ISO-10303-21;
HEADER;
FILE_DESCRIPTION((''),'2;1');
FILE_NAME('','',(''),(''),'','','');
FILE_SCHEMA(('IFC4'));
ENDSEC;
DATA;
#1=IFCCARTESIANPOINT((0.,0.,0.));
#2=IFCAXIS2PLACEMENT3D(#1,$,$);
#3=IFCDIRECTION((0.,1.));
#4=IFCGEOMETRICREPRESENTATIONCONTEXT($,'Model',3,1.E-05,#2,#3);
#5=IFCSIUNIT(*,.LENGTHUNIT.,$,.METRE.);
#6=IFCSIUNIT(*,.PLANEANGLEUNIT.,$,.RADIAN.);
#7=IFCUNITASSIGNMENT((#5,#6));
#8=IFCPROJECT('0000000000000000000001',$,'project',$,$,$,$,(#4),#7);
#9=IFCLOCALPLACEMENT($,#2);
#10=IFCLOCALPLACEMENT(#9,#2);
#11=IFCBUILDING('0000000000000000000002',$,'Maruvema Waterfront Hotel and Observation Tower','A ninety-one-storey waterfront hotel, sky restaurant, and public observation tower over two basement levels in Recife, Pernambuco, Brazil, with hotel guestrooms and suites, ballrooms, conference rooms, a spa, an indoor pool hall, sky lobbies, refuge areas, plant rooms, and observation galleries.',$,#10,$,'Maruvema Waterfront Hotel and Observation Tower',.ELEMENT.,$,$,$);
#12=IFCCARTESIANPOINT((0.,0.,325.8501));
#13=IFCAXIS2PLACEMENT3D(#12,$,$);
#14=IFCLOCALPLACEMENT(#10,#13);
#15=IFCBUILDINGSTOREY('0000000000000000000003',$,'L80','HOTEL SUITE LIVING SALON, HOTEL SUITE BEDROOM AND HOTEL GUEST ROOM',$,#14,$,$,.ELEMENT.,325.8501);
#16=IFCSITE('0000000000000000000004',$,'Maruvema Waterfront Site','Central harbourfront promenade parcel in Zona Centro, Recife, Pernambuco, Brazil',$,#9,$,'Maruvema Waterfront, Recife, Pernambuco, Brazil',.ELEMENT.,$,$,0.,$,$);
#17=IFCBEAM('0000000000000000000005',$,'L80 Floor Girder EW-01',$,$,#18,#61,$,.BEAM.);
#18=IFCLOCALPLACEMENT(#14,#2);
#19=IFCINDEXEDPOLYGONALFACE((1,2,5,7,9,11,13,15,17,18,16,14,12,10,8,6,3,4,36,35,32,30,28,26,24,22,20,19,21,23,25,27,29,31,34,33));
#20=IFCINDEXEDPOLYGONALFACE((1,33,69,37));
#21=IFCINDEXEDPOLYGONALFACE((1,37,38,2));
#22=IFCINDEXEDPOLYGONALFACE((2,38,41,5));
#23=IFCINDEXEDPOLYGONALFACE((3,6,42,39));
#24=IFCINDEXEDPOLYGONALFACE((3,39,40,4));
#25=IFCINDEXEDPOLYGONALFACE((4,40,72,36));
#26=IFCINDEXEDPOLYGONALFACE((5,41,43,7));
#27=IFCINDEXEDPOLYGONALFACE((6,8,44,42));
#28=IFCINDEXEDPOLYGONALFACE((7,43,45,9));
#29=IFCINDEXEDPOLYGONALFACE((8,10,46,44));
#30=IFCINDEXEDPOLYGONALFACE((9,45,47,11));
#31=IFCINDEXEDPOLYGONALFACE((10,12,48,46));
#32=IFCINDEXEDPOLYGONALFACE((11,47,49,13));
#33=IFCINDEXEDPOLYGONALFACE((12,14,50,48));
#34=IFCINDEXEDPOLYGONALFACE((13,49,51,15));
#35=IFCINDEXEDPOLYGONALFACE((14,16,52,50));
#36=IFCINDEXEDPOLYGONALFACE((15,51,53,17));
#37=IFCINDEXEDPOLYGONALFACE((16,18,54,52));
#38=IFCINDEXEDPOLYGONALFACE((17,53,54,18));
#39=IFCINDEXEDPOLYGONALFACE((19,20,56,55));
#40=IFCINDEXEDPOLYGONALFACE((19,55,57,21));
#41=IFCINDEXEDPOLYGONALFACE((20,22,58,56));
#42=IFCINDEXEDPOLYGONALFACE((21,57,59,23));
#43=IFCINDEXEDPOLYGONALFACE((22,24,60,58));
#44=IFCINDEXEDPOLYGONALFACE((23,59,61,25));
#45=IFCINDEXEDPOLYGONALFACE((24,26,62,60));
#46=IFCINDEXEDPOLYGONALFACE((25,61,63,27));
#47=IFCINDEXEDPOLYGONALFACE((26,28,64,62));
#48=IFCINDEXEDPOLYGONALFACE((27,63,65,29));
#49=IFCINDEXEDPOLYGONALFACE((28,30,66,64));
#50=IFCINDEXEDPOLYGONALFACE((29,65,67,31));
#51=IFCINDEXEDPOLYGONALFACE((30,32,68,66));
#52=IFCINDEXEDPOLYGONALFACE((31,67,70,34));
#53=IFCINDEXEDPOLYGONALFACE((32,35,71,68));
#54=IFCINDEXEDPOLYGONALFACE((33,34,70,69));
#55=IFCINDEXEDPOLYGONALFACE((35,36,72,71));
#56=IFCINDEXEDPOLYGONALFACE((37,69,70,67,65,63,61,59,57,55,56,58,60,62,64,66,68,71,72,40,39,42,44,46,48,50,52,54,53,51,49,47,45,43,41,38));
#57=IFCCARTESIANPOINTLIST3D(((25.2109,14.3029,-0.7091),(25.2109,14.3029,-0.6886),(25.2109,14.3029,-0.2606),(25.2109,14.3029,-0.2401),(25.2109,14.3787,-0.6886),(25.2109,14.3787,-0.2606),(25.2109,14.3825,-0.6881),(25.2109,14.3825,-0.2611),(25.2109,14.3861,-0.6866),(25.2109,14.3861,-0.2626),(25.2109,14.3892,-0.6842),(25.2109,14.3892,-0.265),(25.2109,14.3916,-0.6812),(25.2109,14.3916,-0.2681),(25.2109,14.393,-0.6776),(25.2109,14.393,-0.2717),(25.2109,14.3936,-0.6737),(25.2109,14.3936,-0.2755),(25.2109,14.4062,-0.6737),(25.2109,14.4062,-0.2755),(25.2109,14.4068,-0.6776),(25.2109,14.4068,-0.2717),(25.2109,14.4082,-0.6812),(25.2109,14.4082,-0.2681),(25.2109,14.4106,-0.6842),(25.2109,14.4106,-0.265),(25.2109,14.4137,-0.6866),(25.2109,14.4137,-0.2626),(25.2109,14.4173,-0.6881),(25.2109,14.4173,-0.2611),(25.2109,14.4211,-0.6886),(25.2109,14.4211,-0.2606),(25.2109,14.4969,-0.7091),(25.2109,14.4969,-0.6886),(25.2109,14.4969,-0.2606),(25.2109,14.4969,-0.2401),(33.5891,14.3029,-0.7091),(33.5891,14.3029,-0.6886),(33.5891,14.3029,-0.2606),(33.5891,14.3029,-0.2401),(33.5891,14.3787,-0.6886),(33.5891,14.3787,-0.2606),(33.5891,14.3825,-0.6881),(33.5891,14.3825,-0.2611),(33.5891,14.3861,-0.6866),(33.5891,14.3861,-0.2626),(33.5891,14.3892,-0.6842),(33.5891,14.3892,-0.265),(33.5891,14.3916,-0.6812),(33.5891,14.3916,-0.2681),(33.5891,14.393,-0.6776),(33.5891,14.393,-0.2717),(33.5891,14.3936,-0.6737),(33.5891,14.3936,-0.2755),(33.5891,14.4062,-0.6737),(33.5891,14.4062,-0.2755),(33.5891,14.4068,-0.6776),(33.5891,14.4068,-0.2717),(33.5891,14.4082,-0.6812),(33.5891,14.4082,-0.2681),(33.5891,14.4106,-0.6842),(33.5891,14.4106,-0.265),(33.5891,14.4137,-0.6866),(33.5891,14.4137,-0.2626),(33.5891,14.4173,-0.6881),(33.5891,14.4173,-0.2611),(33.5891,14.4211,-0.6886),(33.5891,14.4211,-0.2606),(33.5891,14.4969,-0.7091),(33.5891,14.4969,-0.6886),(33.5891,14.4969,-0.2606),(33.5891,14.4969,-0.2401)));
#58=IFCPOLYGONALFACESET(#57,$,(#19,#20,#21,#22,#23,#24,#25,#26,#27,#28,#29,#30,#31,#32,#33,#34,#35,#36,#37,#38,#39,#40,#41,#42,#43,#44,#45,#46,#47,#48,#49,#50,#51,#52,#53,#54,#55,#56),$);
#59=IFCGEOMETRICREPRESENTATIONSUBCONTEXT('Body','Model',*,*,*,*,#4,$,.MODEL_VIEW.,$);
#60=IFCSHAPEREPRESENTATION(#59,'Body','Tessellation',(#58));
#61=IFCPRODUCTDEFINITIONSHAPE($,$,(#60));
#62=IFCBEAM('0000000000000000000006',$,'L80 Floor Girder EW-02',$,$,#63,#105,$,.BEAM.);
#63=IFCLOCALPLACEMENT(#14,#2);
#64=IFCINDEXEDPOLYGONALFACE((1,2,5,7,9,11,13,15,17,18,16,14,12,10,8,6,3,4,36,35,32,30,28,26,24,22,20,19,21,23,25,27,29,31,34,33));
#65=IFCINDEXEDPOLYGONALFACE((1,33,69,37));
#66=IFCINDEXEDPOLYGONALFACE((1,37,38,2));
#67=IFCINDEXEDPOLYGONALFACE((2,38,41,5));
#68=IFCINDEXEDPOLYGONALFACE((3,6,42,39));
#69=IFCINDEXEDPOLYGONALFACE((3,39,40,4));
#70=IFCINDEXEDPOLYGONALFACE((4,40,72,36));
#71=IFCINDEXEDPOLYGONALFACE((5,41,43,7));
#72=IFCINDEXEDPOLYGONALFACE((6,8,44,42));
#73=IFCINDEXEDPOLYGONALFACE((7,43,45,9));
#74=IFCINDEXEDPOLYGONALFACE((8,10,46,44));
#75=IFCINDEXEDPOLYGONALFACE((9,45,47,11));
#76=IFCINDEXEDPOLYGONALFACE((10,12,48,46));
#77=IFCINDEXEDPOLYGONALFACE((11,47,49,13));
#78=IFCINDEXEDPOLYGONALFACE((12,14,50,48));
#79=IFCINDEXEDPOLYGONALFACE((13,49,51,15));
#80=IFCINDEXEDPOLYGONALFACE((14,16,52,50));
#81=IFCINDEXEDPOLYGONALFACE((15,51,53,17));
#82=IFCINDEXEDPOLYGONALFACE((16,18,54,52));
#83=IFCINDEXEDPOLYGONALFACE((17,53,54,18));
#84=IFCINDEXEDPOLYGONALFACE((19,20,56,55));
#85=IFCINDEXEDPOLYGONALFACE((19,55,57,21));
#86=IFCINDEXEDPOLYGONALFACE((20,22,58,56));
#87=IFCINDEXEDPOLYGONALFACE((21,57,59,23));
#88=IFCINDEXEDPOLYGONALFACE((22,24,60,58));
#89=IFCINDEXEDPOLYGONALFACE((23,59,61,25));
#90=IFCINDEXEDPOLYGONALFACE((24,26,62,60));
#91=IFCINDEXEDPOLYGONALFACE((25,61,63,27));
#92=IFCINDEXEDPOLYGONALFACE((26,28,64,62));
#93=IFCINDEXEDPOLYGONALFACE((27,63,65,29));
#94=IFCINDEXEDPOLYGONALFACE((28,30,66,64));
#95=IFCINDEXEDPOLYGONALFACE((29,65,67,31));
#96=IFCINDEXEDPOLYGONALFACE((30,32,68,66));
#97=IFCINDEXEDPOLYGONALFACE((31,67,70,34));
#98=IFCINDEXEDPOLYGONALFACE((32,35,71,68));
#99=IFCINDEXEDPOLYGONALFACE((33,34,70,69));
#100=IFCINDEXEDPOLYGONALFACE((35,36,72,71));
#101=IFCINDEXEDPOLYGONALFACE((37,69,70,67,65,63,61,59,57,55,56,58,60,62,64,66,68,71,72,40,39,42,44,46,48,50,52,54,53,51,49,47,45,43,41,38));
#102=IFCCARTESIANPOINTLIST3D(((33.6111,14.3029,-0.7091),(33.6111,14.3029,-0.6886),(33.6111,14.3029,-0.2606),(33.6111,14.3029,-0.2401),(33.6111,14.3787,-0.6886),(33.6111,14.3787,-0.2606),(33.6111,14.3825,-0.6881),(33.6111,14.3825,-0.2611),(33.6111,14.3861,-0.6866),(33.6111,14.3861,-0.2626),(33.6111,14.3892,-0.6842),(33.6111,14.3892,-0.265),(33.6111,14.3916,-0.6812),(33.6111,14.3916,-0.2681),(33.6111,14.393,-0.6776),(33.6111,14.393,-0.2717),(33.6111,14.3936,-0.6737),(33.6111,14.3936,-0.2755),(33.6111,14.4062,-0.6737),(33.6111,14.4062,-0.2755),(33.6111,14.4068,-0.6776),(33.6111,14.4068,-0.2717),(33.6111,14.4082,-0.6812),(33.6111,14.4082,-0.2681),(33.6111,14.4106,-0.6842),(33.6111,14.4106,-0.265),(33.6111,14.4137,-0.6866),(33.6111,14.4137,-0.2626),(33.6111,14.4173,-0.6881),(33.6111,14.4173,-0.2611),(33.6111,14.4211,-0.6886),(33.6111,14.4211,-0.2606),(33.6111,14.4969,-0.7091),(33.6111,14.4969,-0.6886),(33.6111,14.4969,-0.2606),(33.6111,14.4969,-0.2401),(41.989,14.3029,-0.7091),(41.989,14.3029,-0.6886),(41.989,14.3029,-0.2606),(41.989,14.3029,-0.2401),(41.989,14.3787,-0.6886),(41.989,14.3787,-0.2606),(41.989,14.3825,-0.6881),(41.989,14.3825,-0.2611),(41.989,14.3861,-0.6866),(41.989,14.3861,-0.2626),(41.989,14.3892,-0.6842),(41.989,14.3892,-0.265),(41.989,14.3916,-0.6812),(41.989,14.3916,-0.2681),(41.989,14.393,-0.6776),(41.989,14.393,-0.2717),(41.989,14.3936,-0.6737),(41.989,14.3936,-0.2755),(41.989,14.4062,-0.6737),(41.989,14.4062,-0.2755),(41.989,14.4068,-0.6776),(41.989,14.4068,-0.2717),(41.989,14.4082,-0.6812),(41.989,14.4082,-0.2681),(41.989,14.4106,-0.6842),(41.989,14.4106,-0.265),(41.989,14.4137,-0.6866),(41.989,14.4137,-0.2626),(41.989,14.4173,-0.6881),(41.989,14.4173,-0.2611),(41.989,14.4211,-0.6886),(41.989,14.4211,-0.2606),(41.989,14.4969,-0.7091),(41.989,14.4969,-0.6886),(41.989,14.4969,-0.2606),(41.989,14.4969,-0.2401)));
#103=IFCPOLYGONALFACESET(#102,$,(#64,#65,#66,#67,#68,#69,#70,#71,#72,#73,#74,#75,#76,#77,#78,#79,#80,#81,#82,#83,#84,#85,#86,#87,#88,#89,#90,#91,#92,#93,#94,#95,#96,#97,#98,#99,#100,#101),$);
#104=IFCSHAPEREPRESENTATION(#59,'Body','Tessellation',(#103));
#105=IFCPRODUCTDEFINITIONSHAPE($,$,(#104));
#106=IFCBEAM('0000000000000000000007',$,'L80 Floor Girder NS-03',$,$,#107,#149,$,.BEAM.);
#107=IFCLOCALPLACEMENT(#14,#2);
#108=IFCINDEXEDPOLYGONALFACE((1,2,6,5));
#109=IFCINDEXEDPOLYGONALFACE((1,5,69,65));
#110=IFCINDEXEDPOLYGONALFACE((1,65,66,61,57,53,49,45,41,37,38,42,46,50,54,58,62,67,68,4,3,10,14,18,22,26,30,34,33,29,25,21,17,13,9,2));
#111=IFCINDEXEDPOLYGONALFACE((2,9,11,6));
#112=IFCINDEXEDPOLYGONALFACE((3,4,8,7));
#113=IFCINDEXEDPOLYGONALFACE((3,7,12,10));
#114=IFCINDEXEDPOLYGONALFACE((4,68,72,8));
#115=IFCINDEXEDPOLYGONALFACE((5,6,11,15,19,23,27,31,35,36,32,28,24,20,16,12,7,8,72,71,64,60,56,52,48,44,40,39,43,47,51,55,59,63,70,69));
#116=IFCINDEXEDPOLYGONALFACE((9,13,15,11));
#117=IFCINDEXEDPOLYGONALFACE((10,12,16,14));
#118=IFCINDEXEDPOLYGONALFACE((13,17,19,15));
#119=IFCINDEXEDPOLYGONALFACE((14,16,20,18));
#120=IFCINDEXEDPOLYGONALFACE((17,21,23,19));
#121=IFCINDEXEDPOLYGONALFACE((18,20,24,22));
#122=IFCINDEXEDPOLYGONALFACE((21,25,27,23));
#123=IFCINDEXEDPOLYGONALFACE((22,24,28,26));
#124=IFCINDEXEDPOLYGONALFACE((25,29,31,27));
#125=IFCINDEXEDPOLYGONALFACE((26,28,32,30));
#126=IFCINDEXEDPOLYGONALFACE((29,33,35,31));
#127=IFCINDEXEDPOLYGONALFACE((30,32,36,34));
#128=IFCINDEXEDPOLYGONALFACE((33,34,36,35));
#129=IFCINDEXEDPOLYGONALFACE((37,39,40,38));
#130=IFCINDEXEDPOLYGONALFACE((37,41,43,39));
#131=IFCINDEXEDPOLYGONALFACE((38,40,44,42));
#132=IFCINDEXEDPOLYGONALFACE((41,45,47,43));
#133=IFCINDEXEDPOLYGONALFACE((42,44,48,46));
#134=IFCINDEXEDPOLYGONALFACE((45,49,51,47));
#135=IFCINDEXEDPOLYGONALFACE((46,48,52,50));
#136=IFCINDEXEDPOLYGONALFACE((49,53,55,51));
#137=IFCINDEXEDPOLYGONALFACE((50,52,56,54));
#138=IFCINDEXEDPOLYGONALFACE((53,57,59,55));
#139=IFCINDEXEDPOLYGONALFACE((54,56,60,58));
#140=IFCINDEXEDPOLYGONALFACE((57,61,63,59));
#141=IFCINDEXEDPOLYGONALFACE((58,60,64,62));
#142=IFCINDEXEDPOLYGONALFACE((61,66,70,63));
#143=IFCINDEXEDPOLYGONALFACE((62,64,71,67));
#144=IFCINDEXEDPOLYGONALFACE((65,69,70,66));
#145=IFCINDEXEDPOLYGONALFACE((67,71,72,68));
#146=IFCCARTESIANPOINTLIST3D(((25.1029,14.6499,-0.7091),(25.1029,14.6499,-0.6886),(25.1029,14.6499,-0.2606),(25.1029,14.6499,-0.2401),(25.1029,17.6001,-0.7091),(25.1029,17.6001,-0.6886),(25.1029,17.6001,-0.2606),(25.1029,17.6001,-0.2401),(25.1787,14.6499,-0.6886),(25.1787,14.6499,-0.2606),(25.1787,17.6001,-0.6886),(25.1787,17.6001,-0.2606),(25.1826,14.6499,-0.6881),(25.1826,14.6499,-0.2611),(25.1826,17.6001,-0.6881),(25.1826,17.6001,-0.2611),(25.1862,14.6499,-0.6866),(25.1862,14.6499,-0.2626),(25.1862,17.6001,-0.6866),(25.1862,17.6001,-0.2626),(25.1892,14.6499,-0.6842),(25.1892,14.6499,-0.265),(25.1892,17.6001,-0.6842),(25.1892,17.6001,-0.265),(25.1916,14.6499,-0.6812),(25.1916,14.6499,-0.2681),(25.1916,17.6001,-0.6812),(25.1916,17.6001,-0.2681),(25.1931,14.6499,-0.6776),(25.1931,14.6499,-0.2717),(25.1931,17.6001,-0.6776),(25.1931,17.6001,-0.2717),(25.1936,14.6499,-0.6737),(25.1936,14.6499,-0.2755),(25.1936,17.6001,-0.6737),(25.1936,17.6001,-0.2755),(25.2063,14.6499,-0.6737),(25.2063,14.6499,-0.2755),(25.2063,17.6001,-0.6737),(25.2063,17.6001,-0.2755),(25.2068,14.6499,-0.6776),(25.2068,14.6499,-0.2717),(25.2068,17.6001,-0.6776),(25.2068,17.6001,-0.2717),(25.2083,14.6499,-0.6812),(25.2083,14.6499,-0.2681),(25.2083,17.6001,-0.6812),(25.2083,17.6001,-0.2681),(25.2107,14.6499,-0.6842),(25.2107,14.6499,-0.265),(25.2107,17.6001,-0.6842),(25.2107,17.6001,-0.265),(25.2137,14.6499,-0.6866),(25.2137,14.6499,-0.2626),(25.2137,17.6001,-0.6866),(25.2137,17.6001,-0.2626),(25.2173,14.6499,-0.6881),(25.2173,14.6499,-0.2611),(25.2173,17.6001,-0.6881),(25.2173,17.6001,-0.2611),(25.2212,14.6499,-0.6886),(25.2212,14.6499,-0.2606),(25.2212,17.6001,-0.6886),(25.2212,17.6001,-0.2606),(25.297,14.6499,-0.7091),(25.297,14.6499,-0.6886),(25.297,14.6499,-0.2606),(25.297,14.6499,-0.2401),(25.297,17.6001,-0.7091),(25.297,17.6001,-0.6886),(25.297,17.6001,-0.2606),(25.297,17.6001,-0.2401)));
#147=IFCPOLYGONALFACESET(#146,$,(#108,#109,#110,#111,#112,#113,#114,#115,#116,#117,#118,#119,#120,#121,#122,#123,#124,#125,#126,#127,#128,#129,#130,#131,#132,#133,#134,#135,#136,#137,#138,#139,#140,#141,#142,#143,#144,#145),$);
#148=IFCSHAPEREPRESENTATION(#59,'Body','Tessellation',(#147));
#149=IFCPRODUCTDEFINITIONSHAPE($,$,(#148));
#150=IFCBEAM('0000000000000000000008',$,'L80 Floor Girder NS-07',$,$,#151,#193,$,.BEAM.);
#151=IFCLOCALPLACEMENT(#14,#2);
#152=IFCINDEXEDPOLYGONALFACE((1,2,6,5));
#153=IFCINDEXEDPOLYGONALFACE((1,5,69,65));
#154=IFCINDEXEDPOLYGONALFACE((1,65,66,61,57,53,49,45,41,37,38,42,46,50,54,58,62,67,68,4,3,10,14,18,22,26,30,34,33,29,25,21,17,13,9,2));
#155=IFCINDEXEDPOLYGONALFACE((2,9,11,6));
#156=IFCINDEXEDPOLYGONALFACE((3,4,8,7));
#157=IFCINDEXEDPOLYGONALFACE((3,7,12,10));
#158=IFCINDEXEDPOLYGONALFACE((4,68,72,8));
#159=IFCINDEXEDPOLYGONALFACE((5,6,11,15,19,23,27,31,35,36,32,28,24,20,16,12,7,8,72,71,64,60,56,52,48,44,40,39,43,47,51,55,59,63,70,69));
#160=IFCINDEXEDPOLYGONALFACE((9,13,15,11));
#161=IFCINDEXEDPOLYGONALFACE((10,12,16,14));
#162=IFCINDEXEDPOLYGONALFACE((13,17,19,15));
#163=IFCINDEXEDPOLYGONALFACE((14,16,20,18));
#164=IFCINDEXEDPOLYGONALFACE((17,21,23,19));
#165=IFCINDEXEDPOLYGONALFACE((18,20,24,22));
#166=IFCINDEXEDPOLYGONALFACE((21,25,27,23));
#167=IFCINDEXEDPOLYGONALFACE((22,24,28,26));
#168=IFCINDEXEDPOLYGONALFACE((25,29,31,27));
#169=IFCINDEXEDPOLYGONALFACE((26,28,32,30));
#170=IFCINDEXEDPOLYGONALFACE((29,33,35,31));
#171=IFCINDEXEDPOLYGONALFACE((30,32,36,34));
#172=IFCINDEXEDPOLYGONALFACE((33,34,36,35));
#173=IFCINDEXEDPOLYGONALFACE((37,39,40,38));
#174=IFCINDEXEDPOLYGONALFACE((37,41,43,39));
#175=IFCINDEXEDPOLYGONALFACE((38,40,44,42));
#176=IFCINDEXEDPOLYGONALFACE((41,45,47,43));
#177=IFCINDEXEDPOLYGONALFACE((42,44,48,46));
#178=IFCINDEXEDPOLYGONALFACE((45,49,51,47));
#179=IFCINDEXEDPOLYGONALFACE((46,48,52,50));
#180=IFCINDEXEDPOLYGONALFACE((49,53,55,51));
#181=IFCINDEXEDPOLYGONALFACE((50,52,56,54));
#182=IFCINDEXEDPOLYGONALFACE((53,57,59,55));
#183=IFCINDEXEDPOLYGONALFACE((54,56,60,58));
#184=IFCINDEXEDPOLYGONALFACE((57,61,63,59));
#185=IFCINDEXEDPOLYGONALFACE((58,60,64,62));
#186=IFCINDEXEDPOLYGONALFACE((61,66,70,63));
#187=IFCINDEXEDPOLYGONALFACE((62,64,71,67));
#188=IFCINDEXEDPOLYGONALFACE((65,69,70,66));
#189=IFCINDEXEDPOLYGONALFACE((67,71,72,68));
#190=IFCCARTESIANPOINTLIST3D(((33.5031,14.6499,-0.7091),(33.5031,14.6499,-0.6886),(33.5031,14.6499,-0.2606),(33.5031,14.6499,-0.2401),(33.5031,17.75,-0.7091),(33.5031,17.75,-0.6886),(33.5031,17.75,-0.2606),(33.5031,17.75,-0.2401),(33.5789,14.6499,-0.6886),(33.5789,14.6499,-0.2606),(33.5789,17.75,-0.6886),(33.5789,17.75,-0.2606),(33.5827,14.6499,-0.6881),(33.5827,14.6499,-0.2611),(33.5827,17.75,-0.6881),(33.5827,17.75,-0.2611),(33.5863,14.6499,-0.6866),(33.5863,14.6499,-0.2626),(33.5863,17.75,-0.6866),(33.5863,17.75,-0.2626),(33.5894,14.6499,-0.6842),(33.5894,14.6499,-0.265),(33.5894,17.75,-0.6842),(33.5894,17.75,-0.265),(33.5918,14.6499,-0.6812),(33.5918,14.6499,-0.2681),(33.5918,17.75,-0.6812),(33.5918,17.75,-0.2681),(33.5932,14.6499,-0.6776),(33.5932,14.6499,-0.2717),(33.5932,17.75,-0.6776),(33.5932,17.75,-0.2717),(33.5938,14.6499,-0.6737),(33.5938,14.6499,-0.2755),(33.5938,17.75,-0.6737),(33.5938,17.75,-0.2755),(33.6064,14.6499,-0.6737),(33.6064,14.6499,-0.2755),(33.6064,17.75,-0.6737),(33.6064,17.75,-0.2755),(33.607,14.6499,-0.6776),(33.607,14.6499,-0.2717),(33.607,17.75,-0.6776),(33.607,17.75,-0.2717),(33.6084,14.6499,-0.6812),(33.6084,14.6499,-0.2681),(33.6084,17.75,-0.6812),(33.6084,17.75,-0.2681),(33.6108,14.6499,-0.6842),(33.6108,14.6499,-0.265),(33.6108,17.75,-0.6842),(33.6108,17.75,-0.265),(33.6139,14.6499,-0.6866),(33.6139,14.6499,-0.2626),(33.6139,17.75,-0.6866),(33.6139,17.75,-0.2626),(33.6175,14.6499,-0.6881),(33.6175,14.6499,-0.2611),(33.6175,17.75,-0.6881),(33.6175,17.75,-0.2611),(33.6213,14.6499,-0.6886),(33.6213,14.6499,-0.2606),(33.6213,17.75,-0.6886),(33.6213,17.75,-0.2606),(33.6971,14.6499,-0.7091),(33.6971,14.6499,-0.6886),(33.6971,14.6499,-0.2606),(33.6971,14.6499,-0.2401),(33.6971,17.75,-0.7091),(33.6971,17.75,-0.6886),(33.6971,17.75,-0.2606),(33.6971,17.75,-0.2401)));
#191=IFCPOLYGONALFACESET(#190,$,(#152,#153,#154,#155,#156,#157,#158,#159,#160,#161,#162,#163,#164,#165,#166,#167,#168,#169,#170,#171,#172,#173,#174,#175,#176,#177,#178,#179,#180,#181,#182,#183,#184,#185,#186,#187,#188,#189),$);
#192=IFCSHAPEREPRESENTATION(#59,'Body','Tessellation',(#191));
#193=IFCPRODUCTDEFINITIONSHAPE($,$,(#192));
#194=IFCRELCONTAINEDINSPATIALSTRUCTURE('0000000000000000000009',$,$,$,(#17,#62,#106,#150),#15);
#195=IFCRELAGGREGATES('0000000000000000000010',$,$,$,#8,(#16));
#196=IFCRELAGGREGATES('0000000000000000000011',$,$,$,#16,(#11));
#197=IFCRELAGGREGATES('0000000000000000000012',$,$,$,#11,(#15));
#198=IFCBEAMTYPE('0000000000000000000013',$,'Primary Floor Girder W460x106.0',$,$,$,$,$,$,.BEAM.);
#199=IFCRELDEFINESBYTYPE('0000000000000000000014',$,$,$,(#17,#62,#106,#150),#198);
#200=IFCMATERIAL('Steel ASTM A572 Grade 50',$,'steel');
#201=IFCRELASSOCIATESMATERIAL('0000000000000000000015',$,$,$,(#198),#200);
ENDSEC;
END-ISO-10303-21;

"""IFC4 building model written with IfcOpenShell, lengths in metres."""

from ifc_helpers import new_model, si_unit, direction, frame, origin, origin_2d, place, context, subcontext, project, spatial, i_section, extrude, material, material_profile, profile_set, type_object, element, save


model = new_model("IFC4")

# Units and contexts
model_context = context("Model", 3, precision=1e-05, world=origin(), true_north=direction((0.0, 1.0)))
body_context = subcontext(model_context, "Body", "Model", "MODEL_VIEW")
ifc_project = project(units=[si_unit("LENGTHUNIT", "METRE"), si_unit("PLANEANGLEUNIT", "RADIAN")], contexts=[model_context])

# Site, building, storey
site_placement = place(None, origin())
site = spatial("IfcSite", under=ifc_project, at=site_placement, Name="Maruvema Waterfront Site", Description="Central harbourfront promenade parcel in Zona Centro, Recife, Pernambuco, Brazil", LongName="Maruvema Waterfront, Recife, Pernambuco, Brazil", CompositionType="ELEMENT", RefElevation=0.0)
building_placement = place(site_placement, origin())
building = spatial("IfcBuilding", under=site, at=building_placement, Name="Maruvema Waterfront Hotel and Observation Tower", Description="A ninety-one-storey waterfront hotel, sky restaurant, and public observation tower over two basement levels in Recife, Pernambuco, Brazil, with hotel guestrooms and suites, ballrooms, conference rooms, a spa, an indoor pool hall, sky lobbies, refuge areas, plant rooms, and observation galleries.", LongName="Maruvema Waterfront Hotel and Observation Tower", CompositionType="ELEMENT")
storey_placement = place(building_placement, frame((0.0, 0.0, 325.8501)))
storey = spatial("IfcBuildingStorey", under=building, at=storey_placement, Name="L80", Description="HOTEL SUITE LIVING SALON, HOTEL SUITE BEDROOM AND HOTEL GUEST ROOM", CompositionType="ELEMENT", Elevation=325.8501)

# Beams
ifc_material_1 = material(Name="Steel ASTM A572 Grade 50", Category="steel")
ifc_material_profile_1 = material_profile(ifc_material_1, i_section(OverallWidth=0.1941, OverallDepth=0.469, WebThickness=0.0127, FlangeThickness=0.0205, FilletRadius=0.0149, at=origin_2d()), Name="W460x106.0")
ifc_profile_set_1 = profile_set([ifc_material_profile_1], Name="Steel ASTM A572 Grade 50")
beam_type_1 = type_object("IfcBeamType", Name="Primary Floor Girder W460x106.0", PredefinedType="BEAM", material=ifc_profile_set_1)
beam_1_placement = place(storey_placement, frame((25.2109, 14.3999, -0.4746), z_axis=(1.0, 0.0, 0.0), x_axis=(0.0, 1.0, 0.0)))
element("IfcBeam", 1, at=beam_1_placement, inside=storey, type_object=beam_type_1, Name="L80 Floor Girder EW-01", PredefinedType="BEAM", context=body_context, shape_type="SweptSolid", body=[
    extrude(i_section(OverallWidth=0.1941, OverallDepth=0.469, WebThickness=0.0127, FlangeThickness=0.0205, FilletRadius=0.0149, at=origin_2d()), origin(), (0.0, 0.0, 1.0), 8.3782),
])
beam_2_placement = place(storey_placement, frame((33.6111, 14.3999, -0.4746), z_axis=(1.0, 0.0, 0.0), x_axis=(0.0, 1.0, 0.0)))
element("IfcBeam", 2, at=beam_2_placement, inside=storey, type_object=beam_type_1, Name="L80 Floor Girder EW-02", PredefinedType="BEAM", context=body_context, shape_type="SweptSolid", body=[
    extrude(i_section(OverallWidth=0.1941, OverallDepth=0.469, WebThickness=0.0127, FlangeThickness=0.0205, FilletRadius=0.0149, at=origin_2d()), origin(), (0.0, 0.0, 1.0), 8.3779),
])
beam_3_placement = place(storey_placement, frame((25.2, 14.6499, -0.4746), z_axis=(0.0, 1.0, 0.0), x_axis=(-1.0, 0.0, 0.0)))
element("IfcBeam", 3, at=beam_3_placement, inside=storey, type_object=beam_type_1, Name="L80 Floor Girder NS-03", PredefinedType="BEAM", context=body_context, shape_type="SweptSolid", body=[
    extrude(i_section(OverallWidth=0.1941, OverallDepth=0.469, WebThickness=0.0127, FlangeThickness=0.0205, FilletRadius=0.0149, at=origin_2d()), origin(), (0.0, 0.0, 1.0), 2.9502),
])
beam_4_placement = place(storey_placement, frame((33.6001, 14.6499, -0.4746), z_axis=(0.0, 1.0, 0.0), x_axis=(-1.0, 0.0, 0.0)))
element("IfcBeam", 4, at=beam_4_placement, inside=storey, type_object=beam_type_1, Name="L80 Floor Girder NS-07", PredefinedType="BEAM", context=body_context, shape_type="SweptSolid", body=[
    extrude(i_section(OverallWidth=0.1941, OverallDepth=0.469, WebThickness=0.0127, FlangeThickness=0.0205, FilletRadius=0.0149, at=origin_2d()), origin(), (0.0, 0.0, 1.0), 3.1001),
])

save(model, "model.ifc")
